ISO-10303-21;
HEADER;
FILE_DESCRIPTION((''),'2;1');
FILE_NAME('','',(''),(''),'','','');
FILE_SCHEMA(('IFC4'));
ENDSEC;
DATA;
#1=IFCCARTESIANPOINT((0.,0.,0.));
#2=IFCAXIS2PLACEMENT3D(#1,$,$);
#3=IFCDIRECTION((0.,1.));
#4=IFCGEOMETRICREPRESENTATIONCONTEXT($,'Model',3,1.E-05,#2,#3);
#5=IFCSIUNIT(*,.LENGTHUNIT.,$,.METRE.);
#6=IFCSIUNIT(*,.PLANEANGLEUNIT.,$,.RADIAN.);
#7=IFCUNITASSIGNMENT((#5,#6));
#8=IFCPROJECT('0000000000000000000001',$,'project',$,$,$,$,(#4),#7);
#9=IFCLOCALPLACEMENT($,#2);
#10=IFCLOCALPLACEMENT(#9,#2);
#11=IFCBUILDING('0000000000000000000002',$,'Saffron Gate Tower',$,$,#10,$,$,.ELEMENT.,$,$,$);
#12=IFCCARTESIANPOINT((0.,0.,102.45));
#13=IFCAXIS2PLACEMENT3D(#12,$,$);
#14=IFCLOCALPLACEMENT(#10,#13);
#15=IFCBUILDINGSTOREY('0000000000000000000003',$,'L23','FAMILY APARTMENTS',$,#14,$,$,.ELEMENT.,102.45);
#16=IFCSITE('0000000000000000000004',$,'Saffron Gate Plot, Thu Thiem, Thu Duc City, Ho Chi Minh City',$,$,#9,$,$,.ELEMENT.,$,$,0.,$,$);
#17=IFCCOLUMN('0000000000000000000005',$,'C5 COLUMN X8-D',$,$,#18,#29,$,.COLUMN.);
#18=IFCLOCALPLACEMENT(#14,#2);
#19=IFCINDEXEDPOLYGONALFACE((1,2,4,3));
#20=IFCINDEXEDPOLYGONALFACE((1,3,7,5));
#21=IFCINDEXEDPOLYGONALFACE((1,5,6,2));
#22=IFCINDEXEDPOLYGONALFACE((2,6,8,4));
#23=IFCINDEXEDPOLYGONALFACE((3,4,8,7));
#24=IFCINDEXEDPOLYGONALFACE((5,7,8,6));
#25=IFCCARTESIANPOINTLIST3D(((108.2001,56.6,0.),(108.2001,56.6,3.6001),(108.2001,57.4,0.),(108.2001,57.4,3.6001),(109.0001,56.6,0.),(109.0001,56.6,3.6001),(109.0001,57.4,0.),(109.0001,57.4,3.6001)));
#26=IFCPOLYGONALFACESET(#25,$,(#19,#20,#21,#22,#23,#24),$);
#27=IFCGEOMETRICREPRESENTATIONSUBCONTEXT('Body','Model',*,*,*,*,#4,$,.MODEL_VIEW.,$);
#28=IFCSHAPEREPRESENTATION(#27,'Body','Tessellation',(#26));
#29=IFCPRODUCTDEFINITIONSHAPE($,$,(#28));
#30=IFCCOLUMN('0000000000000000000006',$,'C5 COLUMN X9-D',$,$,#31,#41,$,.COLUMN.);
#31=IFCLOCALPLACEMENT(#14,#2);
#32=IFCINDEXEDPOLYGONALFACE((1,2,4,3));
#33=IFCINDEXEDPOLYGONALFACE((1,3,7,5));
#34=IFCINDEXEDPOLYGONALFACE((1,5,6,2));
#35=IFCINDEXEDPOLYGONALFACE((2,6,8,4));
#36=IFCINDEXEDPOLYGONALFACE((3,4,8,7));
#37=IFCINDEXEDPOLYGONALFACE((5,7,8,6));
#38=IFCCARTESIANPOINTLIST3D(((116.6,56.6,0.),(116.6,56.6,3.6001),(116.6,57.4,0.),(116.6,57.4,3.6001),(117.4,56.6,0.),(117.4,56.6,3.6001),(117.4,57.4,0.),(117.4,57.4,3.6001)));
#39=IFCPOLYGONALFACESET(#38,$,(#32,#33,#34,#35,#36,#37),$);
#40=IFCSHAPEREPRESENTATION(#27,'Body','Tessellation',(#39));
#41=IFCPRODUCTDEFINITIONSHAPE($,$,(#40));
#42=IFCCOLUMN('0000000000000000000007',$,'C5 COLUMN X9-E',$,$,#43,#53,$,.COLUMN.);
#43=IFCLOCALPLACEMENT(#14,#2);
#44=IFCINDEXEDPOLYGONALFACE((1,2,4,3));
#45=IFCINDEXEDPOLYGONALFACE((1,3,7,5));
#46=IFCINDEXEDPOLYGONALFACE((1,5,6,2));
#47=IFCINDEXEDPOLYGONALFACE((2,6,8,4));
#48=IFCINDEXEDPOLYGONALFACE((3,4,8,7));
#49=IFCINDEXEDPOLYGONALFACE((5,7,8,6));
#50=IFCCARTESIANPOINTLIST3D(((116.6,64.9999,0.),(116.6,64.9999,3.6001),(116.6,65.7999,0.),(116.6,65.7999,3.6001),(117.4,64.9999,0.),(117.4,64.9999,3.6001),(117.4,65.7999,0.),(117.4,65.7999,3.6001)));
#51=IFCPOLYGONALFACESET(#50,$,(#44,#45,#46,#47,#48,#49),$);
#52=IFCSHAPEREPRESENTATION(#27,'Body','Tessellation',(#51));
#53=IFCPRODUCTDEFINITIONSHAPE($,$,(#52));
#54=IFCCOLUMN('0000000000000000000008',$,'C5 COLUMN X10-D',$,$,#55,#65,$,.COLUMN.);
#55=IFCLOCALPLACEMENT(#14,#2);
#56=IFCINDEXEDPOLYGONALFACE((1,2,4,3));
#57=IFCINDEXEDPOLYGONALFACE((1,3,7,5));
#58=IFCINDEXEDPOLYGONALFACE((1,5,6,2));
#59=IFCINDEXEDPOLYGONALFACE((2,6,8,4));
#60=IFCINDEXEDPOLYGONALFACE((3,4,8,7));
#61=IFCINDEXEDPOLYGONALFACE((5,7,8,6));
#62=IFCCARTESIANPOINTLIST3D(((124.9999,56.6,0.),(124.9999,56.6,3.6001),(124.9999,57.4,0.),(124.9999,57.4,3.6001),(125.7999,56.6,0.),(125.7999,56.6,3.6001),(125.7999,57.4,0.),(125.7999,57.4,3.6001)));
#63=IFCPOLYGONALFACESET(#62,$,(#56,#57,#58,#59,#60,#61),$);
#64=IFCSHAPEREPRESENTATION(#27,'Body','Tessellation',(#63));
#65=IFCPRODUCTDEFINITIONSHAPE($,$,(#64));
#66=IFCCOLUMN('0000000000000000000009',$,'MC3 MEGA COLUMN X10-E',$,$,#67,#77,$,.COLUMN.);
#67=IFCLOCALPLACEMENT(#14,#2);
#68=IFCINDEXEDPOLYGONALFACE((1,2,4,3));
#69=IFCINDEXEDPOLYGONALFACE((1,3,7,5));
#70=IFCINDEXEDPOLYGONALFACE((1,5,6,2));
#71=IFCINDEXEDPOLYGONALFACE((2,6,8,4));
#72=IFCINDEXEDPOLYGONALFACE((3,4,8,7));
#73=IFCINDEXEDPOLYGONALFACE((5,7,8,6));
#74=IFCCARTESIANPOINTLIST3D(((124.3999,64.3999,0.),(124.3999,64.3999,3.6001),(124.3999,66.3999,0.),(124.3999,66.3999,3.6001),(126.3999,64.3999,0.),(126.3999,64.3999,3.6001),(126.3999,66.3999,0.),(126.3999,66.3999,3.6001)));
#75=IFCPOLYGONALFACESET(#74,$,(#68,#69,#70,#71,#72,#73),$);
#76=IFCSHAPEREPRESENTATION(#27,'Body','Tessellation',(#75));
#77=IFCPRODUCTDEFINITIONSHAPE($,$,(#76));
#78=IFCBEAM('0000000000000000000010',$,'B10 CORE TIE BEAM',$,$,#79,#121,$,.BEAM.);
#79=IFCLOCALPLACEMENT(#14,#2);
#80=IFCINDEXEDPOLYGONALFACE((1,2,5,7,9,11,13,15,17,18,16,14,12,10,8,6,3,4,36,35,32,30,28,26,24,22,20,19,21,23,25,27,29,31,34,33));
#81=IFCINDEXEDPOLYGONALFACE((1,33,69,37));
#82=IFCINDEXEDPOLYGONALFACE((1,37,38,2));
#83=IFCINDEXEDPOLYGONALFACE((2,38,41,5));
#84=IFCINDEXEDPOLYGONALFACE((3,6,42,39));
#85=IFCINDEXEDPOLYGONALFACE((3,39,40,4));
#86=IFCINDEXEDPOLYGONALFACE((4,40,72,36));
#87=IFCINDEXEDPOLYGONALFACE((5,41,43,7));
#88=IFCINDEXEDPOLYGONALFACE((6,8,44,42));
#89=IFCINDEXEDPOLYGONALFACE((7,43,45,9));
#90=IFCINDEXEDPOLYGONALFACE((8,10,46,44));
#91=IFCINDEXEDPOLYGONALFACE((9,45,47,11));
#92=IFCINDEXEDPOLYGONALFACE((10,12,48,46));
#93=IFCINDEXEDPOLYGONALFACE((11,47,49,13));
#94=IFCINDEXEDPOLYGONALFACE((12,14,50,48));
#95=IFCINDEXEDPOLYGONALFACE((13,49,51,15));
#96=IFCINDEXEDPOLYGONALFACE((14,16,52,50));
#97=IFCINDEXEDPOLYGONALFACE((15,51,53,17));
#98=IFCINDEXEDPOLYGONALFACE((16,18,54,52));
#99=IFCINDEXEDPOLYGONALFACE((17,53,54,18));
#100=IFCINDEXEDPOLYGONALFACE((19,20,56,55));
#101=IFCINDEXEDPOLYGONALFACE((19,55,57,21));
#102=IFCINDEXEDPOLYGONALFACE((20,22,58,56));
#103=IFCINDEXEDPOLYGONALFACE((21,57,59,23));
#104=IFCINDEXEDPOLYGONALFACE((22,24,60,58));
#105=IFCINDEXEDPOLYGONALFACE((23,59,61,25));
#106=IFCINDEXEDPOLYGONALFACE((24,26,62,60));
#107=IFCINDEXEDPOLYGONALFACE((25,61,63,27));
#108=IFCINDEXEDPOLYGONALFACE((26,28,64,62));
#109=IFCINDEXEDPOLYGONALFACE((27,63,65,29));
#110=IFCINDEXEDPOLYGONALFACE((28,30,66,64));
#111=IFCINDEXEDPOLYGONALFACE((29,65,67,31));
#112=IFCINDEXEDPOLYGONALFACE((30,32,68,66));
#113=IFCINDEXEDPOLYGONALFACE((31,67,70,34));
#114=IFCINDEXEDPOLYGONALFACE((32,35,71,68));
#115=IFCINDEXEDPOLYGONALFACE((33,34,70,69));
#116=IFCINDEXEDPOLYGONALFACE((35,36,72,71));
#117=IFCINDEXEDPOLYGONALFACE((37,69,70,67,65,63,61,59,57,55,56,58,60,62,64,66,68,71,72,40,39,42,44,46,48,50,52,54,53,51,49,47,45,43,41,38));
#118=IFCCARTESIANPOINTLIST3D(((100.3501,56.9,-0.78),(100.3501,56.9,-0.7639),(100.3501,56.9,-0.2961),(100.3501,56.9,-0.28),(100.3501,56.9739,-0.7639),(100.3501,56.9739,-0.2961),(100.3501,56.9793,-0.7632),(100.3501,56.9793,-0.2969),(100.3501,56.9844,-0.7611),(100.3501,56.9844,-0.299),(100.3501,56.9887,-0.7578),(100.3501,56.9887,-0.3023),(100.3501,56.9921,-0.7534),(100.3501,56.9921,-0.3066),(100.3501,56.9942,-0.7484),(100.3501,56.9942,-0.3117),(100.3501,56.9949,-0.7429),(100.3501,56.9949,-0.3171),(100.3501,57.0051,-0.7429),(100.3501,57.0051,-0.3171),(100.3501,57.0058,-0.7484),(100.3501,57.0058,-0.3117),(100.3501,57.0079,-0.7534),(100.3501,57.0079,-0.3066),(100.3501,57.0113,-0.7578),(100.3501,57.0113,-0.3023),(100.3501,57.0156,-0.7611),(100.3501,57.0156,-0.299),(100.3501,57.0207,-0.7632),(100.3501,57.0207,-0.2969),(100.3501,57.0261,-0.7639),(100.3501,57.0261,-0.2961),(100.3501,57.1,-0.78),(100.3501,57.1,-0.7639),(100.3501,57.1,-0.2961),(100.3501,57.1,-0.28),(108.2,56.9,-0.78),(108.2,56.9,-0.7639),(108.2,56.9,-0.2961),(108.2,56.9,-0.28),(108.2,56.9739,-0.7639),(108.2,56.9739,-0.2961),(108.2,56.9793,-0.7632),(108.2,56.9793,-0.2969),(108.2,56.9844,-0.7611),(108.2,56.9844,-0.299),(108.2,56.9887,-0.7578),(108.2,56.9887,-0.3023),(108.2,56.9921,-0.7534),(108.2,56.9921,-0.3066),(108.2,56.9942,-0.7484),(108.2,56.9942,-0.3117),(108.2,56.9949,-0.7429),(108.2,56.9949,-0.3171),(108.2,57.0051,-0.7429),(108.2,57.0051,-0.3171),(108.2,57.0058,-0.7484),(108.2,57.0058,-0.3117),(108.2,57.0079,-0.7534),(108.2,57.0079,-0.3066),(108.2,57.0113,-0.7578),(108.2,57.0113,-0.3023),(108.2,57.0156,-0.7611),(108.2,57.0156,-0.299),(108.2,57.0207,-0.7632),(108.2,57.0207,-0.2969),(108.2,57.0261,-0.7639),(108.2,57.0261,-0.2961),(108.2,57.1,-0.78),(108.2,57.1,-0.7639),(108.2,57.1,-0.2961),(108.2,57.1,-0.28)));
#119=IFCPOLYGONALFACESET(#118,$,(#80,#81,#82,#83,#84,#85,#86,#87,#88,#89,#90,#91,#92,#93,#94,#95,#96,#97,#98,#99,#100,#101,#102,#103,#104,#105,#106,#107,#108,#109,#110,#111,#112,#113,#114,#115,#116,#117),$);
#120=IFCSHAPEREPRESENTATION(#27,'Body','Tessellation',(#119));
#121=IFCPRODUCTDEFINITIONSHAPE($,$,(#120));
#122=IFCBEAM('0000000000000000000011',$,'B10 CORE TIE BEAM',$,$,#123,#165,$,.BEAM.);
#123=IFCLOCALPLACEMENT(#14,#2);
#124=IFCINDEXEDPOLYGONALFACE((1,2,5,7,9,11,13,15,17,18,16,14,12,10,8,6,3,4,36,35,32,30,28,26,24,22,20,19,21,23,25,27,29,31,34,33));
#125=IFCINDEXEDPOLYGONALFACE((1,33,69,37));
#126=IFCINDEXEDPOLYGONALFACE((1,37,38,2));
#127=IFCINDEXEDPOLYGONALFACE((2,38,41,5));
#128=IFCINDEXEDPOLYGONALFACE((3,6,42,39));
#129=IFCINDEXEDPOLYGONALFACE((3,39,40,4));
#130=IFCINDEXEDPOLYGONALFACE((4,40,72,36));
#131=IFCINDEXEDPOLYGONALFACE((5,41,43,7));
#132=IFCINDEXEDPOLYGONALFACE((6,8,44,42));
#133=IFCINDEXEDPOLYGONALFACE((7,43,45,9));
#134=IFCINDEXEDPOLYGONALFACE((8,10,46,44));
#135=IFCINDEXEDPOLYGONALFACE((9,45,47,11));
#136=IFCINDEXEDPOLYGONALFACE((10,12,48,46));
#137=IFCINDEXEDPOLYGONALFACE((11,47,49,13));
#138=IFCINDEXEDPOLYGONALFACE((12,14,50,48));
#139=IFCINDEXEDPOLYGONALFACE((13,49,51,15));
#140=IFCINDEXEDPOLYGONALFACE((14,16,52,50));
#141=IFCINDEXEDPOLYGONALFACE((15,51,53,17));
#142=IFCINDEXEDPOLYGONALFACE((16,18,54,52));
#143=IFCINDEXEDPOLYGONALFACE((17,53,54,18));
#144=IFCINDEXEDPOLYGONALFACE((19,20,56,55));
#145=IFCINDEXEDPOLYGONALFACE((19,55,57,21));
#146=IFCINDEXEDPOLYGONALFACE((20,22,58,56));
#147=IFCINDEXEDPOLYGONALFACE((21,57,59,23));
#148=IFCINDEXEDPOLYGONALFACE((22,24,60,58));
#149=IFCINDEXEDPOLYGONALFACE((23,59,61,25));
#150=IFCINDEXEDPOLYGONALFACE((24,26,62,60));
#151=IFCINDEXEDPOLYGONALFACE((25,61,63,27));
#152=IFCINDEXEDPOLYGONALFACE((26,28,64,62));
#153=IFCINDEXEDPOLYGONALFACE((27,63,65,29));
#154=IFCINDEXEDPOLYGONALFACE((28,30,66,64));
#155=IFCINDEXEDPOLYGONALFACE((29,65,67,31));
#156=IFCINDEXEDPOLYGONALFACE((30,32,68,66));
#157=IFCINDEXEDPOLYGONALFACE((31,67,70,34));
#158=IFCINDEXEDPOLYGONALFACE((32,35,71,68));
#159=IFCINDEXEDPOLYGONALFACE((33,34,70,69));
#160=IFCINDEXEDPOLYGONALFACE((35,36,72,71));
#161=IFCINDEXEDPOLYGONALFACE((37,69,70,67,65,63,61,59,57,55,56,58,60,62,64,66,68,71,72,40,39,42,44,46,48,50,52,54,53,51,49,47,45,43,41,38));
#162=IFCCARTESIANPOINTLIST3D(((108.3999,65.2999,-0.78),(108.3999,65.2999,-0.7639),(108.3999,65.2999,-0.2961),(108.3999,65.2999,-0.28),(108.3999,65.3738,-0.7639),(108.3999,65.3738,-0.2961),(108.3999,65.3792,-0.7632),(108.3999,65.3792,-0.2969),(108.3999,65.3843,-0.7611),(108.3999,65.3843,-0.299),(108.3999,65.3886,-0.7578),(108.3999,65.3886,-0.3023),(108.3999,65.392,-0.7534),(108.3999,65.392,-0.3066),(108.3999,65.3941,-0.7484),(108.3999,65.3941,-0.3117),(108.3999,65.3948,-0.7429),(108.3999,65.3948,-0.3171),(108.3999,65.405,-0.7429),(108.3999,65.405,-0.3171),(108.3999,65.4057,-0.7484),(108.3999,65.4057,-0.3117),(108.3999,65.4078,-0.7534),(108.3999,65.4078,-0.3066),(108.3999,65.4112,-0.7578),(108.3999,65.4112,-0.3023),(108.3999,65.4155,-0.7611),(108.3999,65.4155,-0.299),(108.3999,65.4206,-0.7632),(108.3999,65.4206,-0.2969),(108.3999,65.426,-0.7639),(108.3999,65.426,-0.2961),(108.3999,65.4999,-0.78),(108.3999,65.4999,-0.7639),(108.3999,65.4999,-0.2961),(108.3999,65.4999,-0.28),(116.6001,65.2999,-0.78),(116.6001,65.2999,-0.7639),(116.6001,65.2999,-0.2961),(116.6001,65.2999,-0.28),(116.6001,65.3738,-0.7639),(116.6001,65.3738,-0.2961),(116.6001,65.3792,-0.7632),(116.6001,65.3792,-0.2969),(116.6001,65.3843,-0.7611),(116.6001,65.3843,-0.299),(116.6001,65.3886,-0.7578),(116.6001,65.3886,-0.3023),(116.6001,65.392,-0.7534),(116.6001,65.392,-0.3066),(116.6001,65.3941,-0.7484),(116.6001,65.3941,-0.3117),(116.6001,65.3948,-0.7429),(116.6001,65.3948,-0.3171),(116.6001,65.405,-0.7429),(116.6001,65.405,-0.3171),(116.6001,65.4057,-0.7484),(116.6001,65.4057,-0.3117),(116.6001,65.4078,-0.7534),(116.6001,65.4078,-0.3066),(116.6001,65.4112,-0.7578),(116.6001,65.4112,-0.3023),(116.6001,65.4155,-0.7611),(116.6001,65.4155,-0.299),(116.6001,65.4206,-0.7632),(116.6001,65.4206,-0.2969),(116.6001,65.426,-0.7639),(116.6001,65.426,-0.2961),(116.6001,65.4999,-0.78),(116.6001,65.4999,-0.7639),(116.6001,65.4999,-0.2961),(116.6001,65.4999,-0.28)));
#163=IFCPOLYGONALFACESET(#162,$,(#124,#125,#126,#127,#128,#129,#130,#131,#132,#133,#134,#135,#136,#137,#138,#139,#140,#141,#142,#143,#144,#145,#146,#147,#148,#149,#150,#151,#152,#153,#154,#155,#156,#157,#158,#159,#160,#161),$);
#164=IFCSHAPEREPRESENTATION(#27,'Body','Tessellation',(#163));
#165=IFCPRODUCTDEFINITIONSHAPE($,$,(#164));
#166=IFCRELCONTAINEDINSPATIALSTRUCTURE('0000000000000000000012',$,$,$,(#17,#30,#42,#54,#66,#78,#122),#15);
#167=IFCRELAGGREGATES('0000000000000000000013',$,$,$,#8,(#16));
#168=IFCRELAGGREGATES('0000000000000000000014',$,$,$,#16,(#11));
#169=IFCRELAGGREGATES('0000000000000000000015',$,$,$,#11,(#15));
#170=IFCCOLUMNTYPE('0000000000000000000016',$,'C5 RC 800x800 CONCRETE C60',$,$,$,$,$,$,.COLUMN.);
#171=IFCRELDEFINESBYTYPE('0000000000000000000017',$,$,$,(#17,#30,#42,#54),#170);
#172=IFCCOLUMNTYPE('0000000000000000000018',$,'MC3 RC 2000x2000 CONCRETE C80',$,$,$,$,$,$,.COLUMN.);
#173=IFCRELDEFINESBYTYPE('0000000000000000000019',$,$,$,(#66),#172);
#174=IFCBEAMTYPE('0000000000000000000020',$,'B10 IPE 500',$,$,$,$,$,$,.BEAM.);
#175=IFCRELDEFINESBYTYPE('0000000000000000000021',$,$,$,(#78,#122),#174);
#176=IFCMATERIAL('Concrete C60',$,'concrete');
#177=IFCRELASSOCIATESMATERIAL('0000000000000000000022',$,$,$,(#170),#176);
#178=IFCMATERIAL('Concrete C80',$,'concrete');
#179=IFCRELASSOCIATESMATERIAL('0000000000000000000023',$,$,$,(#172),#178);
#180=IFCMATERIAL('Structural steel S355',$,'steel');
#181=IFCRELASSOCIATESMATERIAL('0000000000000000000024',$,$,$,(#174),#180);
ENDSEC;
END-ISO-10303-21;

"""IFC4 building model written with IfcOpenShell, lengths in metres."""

from ifc_helpers import new_model, si_unit, direction, frame, origin, origin_2d, place, context, subcontext, project, spatial, rectangle, i_section, extrude, material, material_profile, profile_set, type_object, element, save


model = new_model("IFC4")

# Units and contexts
model_context = context("Model", 3, precision=1e-05, world=origin(), true_north=direction((0.0, 1.0)))
body_context = subcontext(model_context, "Body", "Model", "MODEL_VIEW")
ifc_project = project(units=[si_unit("LENGTHUNIT", "METRE"), si_unit("PLANEANGLEUNIT", "RADIAN")], contexts=[model_context])

# Site, building, storey
site_placement = place(None, origin())
site = spatial("IfcSite", under=ifc_project, at=site_placement, Name="Saffron Gate Plot, Thu Thiem, Thu Duc City, Ho Chi Minh City", CompositionType="ELEMENT", RefElevation=0.0)
building_placement = place(site_placement, origin())
building = spatial("IfcBuilding", under=site, at=building_placement, Name="Saffron Gate Tower", CompositionType="ELEMENT")
storey_placement = place(building_placement, frame((0.0, 0.0, 102.45)))
storey = spatial("IfcBuildingStorey", under=building, at=storey_placement, Name="L23", Description="FAMILY APARTMENTS", CompositionType="ELEMENT", Elevation=102.45)

# Columns
ifc_material_1 = material(Name="Concrete C60", Category="concrete")
ifc_material_profile_1 = material_profile(ifc_material_1, rectangle(XDim=0.8, YDim=0.8, at=origin_2d()))
ifc_profile_set_1 = profile_set([ifc_material_profile_1], Name="Concrete C60")
column_type_1 = type_object("IfcColumnType", Name="C5 RC 800x800 CONCRETE C60", PredefinedType="COLUMN", material=ifc_profile_set_1)
for number, where, z_axis, x_axis, name in (
    (1, (108.6001, 57.0, 0.0), (0.0, 0.0, 1.0), (1.0, 0.0, 0.0), "C5 COLUMN X8-D"),
    (2, (117.0, 57.0, 0.0), (0.0, 0.0, 1.0), (1.0, 0.0, 0.0), "C5 COLUMN X9-D"),
    (3, (117.0, 65.3999, 0.0), (0.0, 0.0, 1.0), (1.0, 0.0, 0.0), "C5 COLUMN X9-E"),
    (4, (125.3999, 57.0, 0.0), (0.0, 0.0, 1.0), (1.0, 0.0, 0.0), "C5 COLUMN X10-D"),
):
    element("IfcColumn", number, at=place(storey_placement, frame(where, z_axis=z_axis, x_axis=x_axis)), inside=storey, type_object=column_type_1, Name=name, PredefinedType="COLUMN", context=body_context, shape_type="SweptSolid", body=[
        extrude(rectangle(XDim=0.8, YDim=0.8, at=origin_2d()), origin(), (0.0, 0.0, 1.0), 3.6001),
    ])
ifc_material_2 = material(Name="Concrete C80", Category="concrete")
ifc_material_profile_2 = material_profile(ifc_material_2, rectangle(XDim=2.0, YDim=2.0, at=origin_2d()))
ifc_profile_set_2 = profile_set([ifc_material_profile_2], Name="Concrete C80")
column_type_2 = type_object("IfcColumnType", Name="MC3 RC 2000x2000 CONCRETE C80", PredefinedType="COLUMN", material=ifc_profile_set_2)
column_placement = place(storey_placement, frame((125.3999, 65.3999, 0.0), z_axis=(0.0, 0.0, 1.0), x_axis=(1.0, 0.0, 0.0)))
element("IfcColumn", 5, at=column_placement, inside=storey, type_object=column_type_2, Name="MC3 MEGA COLUMN X10-E", PredefinedType="COLUMN", context=body_context, shape_type="SweptSolid", body=[
    extrude(rectangle(XDim=2.0, YDim=2.0, at=origin_2d()), origin(), (0.0, 0.0, 1.0), 3.6001),
])

# Beams
ifc_material_3 = material(Name="Structural steel S355", Category="steel")
ifc_material_profile_3 = material_profile(ifc_material_3, i_section(OverallWidth=0.2, OverallDepth=0.5, WebThickness=0.0103, FlangeThickness=0.0161, FilletRadius=0.021, at=origin_2d()))
ifc_profile_set_3 = profile_set([ifc_material_profile_3], Name="Structural steel S355")
beam_type_1 = type_object("IfcBeamType", Name="B10 IPE 500", PredefinedType="BEAM", material=ifc_profile_set_3)
beam_1_placement = place(storey_placement, frame((108.2, 57.0, -0.53), z_axis=(-1.0, 0.0, 0.0), x_axis=(0.0, -1.0, 0.0)))
element("IfcBeam", 6, at=beam_1_placement, inside=storey, type_object=beam_type_1, Name="B10 CORE TIE BEAM", PredefinedType="BEAM", context=body_context, shape_type="SweptSolid", body=[
    extrude(i_section(OverallWidth=0.2, OverallDepth=0.5, WebThickness=0.0103, FlangeThickness=0.0161, FilletRadius=0.021, at=origin_2d()), origin(), (0.0, 0.0, 1.0), 7.8499),
])
beam_2_placement = place(storey_placement, frame((116.6001, 65.3999, -0.53), z_axis=(-1.0, 0.0, 0.0), x_axis=(0.0, -1.0, 0.0)))
element("IfcBeam", 7, at=beam_2_placement, inside=storey, type_object=beam_type_1, Name="B10 CORE TIE BEAM", PredefinedType="BEAM", context=body_context, shape_type="SweptSolid", body=[
    extrude(i_section(OverallWidth=0.2, OverallDepth=0.5, WebThickness=0.0103, FlangeThickness=0.0161, FilletRadius=0.021, at=origin_2d()), origin(), (0.0, 0.0, 1.0), 8.2002),
])

save(model, "model.ifc")
